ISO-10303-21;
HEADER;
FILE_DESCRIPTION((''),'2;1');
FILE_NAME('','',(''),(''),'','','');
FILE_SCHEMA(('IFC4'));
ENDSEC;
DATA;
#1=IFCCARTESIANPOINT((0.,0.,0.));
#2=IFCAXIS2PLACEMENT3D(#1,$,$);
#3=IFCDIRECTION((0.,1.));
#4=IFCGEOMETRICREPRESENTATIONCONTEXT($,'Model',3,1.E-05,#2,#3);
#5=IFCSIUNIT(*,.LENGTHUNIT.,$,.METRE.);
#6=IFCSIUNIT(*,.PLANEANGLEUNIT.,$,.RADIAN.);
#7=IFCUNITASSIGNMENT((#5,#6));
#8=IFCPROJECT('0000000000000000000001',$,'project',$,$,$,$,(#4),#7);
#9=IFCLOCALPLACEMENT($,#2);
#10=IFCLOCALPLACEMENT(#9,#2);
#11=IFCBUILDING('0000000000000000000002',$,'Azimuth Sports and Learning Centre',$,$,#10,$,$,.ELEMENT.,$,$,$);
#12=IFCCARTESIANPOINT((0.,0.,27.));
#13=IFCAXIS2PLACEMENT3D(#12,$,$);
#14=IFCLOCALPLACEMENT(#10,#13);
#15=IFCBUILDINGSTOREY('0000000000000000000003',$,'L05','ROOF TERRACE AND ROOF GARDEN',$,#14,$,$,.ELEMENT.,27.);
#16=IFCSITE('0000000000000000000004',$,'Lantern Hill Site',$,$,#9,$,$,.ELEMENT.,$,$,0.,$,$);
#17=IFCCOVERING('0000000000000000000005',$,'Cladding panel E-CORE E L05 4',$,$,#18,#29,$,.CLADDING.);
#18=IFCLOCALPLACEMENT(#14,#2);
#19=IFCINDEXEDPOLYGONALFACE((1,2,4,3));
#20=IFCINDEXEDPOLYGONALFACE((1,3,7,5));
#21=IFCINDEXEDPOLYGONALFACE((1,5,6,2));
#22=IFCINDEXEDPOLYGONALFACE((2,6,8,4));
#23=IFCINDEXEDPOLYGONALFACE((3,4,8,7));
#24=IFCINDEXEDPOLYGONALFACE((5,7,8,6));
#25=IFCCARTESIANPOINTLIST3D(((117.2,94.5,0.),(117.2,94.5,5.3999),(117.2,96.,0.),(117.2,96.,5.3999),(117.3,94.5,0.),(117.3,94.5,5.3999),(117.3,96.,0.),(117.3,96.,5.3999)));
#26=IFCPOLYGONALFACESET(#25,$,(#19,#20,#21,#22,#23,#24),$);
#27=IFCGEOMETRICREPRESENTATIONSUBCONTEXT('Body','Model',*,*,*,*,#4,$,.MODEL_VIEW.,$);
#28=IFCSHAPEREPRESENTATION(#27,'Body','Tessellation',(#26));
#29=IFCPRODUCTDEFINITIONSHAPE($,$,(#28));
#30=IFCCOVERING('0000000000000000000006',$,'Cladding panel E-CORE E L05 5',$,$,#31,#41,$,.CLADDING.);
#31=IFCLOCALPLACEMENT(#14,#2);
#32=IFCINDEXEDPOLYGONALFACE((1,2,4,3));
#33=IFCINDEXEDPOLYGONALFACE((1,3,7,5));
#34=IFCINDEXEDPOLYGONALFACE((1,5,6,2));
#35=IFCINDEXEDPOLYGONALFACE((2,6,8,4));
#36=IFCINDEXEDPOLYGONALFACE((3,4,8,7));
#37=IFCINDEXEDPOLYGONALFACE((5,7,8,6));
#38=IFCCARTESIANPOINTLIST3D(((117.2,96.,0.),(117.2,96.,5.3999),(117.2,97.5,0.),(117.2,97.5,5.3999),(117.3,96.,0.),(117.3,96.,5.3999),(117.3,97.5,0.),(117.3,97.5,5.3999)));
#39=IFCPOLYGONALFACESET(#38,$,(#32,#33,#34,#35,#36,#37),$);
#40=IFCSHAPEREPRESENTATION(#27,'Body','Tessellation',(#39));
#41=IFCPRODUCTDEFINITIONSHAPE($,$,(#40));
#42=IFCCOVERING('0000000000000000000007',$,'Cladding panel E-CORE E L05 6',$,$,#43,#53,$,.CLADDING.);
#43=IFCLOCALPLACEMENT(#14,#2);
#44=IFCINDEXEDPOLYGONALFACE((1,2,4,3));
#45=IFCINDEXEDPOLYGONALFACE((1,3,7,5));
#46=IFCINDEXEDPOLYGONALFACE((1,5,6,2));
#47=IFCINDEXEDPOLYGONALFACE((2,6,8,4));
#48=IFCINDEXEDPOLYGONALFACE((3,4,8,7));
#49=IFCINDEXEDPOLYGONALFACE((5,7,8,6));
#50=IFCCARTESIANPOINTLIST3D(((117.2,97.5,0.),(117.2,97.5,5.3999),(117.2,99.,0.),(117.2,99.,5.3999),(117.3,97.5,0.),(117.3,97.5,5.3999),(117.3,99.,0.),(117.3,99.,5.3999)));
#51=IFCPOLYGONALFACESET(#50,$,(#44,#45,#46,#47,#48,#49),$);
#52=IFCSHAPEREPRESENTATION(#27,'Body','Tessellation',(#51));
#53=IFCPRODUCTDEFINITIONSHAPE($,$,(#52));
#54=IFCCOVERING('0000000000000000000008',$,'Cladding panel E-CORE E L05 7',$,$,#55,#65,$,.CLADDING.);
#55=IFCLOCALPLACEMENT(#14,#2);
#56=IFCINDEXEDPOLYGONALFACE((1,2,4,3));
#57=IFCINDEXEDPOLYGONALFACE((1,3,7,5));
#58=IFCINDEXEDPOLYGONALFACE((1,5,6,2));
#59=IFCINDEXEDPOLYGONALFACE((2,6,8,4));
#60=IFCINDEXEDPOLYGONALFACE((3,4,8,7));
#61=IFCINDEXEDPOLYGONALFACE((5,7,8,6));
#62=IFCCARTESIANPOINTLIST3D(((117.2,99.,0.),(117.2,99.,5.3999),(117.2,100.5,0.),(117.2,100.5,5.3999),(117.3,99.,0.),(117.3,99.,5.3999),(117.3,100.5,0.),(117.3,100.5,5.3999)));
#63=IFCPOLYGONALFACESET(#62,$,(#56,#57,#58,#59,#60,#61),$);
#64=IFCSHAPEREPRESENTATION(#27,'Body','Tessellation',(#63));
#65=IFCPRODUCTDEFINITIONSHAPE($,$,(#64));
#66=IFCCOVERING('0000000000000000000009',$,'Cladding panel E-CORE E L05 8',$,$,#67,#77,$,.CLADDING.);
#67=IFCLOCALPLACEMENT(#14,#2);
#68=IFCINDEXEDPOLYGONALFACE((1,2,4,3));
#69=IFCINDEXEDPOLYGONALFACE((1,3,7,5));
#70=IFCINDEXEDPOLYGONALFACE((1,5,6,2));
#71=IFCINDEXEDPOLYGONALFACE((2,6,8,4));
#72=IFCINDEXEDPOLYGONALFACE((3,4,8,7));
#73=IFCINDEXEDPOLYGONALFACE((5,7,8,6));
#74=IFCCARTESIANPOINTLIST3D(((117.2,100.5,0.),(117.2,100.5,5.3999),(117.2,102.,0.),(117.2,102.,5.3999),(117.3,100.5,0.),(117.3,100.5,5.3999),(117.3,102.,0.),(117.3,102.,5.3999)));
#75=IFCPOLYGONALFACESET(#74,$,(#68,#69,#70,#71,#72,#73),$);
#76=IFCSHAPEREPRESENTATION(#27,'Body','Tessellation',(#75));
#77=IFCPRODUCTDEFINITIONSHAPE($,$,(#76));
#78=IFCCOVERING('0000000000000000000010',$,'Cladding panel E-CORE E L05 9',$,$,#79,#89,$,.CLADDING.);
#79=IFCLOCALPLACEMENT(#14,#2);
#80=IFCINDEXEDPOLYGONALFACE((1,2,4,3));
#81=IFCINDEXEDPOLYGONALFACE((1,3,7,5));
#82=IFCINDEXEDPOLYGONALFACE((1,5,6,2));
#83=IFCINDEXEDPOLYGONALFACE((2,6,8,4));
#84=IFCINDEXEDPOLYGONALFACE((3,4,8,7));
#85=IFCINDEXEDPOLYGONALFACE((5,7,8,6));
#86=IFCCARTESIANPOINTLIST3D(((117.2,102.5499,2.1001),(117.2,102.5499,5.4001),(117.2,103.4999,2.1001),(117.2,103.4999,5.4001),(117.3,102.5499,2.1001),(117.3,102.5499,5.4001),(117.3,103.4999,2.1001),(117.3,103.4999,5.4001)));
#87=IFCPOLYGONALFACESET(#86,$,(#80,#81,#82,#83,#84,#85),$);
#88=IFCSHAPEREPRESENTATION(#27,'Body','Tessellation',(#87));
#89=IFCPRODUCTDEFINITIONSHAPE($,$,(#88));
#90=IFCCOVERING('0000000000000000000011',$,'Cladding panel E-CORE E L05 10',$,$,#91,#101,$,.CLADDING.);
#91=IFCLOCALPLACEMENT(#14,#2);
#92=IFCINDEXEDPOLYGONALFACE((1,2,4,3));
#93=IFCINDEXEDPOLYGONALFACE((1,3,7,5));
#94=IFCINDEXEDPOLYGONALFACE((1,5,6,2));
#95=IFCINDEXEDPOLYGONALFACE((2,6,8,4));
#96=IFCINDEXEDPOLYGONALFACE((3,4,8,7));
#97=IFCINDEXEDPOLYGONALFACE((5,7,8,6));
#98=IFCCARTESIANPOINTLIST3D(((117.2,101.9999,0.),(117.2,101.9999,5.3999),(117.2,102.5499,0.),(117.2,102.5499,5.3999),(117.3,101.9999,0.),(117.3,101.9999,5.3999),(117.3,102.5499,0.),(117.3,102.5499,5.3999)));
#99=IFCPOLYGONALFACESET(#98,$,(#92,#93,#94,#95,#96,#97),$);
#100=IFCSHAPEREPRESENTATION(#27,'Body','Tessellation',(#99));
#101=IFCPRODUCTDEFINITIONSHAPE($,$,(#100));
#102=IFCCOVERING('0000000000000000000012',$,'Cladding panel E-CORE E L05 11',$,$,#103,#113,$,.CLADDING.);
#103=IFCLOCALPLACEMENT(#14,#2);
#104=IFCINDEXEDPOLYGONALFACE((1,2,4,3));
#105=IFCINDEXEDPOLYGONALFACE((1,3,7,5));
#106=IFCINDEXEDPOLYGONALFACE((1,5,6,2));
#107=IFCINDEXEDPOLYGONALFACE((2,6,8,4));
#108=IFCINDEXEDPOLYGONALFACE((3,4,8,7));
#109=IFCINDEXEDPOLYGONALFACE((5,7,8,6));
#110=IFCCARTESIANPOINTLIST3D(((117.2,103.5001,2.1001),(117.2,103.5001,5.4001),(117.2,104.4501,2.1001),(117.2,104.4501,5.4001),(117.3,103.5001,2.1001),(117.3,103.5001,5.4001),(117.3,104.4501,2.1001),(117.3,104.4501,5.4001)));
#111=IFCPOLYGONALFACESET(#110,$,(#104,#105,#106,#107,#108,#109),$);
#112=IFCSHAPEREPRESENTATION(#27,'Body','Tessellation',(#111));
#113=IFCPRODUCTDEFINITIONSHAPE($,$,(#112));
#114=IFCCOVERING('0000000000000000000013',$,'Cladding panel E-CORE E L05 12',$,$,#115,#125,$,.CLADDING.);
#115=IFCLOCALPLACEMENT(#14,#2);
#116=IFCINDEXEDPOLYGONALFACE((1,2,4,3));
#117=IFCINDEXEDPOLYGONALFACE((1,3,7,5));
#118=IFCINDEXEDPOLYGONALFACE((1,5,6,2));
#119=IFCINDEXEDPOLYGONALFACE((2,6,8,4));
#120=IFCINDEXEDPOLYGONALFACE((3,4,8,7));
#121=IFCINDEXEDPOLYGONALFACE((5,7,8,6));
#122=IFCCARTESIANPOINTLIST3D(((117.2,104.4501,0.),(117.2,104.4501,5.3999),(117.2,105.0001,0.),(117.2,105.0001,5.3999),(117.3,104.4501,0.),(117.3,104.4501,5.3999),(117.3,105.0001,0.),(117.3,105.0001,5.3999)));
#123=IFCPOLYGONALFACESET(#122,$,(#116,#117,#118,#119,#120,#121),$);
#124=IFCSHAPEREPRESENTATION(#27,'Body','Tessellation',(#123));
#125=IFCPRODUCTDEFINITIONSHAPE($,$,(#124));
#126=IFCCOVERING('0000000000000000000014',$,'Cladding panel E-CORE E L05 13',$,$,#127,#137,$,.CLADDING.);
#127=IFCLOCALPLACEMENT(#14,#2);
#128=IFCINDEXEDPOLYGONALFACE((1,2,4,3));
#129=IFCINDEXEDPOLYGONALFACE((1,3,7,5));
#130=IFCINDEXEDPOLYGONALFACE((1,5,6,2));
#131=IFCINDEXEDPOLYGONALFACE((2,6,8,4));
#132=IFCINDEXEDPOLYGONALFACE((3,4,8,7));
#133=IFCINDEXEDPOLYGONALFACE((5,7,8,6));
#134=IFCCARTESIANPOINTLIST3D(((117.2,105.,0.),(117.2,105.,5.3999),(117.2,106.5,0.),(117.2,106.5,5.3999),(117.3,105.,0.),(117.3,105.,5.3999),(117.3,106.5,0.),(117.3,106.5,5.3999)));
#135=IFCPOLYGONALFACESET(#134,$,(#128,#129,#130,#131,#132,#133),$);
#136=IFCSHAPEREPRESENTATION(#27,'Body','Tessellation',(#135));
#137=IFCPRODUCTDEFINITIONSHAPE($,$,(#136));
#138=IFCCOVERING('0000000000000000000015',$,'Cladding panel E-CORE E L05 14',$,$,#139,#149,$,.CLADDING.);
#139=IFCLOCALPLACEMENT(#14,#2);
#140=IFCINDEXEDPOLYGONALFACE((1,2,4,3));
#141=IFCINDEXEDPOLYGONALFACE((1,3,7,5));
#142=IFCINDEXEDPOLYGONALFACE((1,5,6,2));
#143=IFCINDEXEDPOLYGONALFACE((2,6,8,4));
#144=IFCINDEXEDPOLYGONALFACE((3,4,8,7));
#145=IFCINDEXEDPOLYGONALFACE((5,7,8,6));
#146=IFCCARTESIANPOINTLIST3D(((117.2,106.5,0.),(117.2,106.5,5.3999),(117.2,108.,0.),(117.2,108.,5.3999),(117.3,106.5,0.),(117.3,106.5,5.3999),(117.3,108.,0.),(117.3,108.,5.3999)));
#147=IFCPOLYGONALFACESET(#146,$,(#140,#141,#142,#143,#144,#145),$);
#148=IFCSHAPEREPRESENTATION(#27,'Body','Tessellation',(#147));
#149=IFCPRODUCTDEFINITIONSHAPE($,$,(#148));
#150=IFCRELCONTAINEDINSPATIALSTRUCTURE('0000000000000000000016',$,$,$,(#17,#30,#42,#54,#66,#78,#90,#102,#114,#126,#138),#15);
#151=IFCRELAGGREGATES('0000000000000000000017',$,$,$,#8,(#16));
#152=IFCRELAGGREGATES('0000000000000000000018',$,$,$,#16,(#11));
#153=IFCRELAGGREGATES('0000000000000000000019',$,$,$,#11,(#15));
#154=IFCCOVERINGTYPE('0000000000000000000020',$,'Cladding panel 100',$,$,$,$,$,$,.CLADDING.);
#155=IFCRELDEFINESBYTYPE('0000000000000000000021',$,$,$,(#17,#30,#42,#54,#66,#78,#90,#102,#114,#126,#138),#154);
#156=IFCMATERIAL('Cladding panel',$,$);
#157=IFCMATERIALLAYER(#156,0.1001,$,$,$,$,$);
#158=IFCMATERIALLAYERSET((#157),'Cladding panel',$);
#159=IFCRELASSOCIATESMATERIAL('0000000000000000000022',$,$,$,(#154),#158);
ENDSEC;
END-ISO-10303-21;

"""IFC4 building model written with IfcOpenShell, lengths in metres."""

from ifc_helpers import new_model, si_unit, direction, frame, origin, origin_2d, place, context, subcontext, project, spatial, rectangle, extrude, material, layer, layer_set, type_object, element, save


model = new_model("IFC4")

# Units and contexts
model_context = context("Model", 3, precision=1e-05, world=origin(), true_north=direction((0.0, 1.0)))
body_context = subcontext(model_context, "Body", "Model", "MODEL_VIEW")
ifc_project = project(units=[si_unit("LENGTHUNIT", "METRE"), si_unit("PLANEANGLEUNIT", "RADIAN")], contexts=[model_context])

# Site, building, storey
site_placement = place(None, origin())
site = spatial("IfcSite", under=ifc_project, at=site_placement, Name="Lantern Hill Site", CompositionType="ELEMENT", RefElevation=0.0)
building_placement = place(site_placement, origin())
building = spatial("IfcBuilding", under=site, at=building_placement, Name="Azimuth Sports and Learning Centre", CompositionType="ELEMENT")
storey_placement = place(building_placement, frame((0.0, 0.0, 27.0)))
storey = spatial("IfcBuildingStorey", under=building, at=storey_placement, Name="L05", Description="ROOF TERRACE AND ROOF GARDEN", CompositionType="ELEMENT", Elevation=27.0)

# Coverings
ifc_material_1 = material(Name="Cladding panel")
ifc_layer_1 = layer(ifc_material_1, 0.1001)
ifc_layer_set_1 = layer_set([ifc_layer_1], Name="Cladding panel")
covering_type = type_object("IfcCoveringType", Name="Cladding panel 100", PredefinedType="CLADDING", material=ifc_layer_set_1)
for number, where, z_axis, x_axis, name in (
    (1, (117.25, 95.25, 0.0), (0.0, 0.0, 1.0), (0.0, 1.0, 0.0), "Cladding panel E-CORE E L05 4"),
    (2, (117.25, 96.75, 0.0), (0.0, 0.0, 1.0), (0.0, 1.0, 0.0), "Cladding panel E-CORE E L05 5"),
    (3, (117.25, 98.25, 0.0), (0.0, 0.0, 1.0), (0.0, 1.0, 0.0), "Cladding panel E-CORE E L05 6"),
    (4, (117.25, 99.75, 0.0), (0.0, 0.0, 1.0), (0.0, 1.0, 0.0), "Cladding panel E-CORE E L05 7"),
    (5, (117.25, 101.25, 0.0), (0.0, 0.0, 1.0), (0.0, 1.0, 0.0), "Cladding panel E-CORE E L05 8"),
):
    element("IfcCovering", number, at=place(storey_placement, frame(where, z_axis=z_axis, x_axis=x_axis)), inside=storey, type_object=covering_type, Name=name, PredefinedType="CLADDING", context=body_context, shape_type="SweptSolid", body=[
        extrude(rectangle(XDim=1.5, YDim=0.1001, at=origin_2d()), origin(), (0.0, 0.0, 1.0), 5.3999),
    ])
covering_1_placement = place(storey_placement, frame((117.25, 103.0249, 2.1001), z_axis=(0.0, 0.0, 1.0), x_axis=(0.0, 1.0, 0.0)))
element("IfcCovering", 6, at=covering_1_placement, inside=storey, type_object=covering_type, Name="Cladding panel E-CORE E L05 9", PredefinedType="CLADDING", context=body_context, shape_type="SweptSolid", body=[
    extrude(rectangle(XDim=0.95, YDim=0.1001, at=origin_2d()), origin(), (0.0, 0.0, 1.0), 3.3),
])
covering_2_placement = place(storey_placement, frame((117.25, 102.2749, 0.0), z_axis=(0.0, 0.0, 1.0), x_axis=(0.0, 1.0, 0.0)))
element("IfcCovering", 7, at=covering_2_placement, inside=storey, type_object=covering_type, Name="Cladding panel E-CORE E L05 10", PredefinedType="CLADDING", context=body_context, shape_type="SweptSolid", body=[
    extrude(rectangle(XDim=0.55, YDim=0.1001, at=origin_2d()), origin(), (0.0, 0.0, 1.0), 5.3999),
])
covering_3_placement = place(storey_placement, frame((117.25, 103.9751, 2.1001), z_axis=(0.0, 0.0, 1.0), x_axis=(0.0, 1.0, 0.0)))
element("IfcCovering", 8, at=covering_3_placement, inside=storey, type_object=covering_type, Name="Cladding panel E-CORE E L05 11", PredefinedType="CLADDING", context=body_context, shape_type="SweptSolid", body=[
    extrude(rectangle(XDim=0.95, YDim=0.1001, at=origin_2d()), origin(), (0.0, 0.0, 1.0), 3.3),
])
covering_4_placement = place(storey_placement, frame((117.25, 104.7251, 0.0), z_axis=(0.0, 0.0, 1.0), x_axis=(0.0, 1.0, 0.0)))
element("IfcCovering", 9, at=covering_4_placement, inside=storey, type_object=covering_type, Name="Cladding panel E-CORE E L05 12", PredefinedType="CLADDING", context=body_context, shape_type="SweptSolid", body=[
    extrude(rectangle(XDim=0.55, YDim=0.1001, at=origin_2d()), origin(), (0.0, 0.0, 1.0), 5.3999),
])
for number, where, z_axis, x_axis, name in (
    (10, (117.25, 105.75, 0.0), (0.0, 0.0, 1.0), (0.0, 1.0, 0.0), "Cladding panel E-CORE E L05 13"),
    (11, (117.25, 107.25, 0.0), (0.0, 0.0, 1.0), (0.0, 1.0, 0.0), "Cladding panel E-CORE E L05 14"),
):
    element("IfcCovering", number, at=place(storey_placement, frame(where, z_axis=z_axis, x_axis=x_axis)), inside=storey, type_object=covering_type, Name=name, PredefinedType="CLADDING", context=body_context, shape_type="SweptSolid", body=[
        extrude(rectangle(XDim=1.5, YDim=0.1001, at=origin_2d()), origin(), (0.0, 0.0, 1.0), 5.3999),
    ])

save(model, "model.ifc")
